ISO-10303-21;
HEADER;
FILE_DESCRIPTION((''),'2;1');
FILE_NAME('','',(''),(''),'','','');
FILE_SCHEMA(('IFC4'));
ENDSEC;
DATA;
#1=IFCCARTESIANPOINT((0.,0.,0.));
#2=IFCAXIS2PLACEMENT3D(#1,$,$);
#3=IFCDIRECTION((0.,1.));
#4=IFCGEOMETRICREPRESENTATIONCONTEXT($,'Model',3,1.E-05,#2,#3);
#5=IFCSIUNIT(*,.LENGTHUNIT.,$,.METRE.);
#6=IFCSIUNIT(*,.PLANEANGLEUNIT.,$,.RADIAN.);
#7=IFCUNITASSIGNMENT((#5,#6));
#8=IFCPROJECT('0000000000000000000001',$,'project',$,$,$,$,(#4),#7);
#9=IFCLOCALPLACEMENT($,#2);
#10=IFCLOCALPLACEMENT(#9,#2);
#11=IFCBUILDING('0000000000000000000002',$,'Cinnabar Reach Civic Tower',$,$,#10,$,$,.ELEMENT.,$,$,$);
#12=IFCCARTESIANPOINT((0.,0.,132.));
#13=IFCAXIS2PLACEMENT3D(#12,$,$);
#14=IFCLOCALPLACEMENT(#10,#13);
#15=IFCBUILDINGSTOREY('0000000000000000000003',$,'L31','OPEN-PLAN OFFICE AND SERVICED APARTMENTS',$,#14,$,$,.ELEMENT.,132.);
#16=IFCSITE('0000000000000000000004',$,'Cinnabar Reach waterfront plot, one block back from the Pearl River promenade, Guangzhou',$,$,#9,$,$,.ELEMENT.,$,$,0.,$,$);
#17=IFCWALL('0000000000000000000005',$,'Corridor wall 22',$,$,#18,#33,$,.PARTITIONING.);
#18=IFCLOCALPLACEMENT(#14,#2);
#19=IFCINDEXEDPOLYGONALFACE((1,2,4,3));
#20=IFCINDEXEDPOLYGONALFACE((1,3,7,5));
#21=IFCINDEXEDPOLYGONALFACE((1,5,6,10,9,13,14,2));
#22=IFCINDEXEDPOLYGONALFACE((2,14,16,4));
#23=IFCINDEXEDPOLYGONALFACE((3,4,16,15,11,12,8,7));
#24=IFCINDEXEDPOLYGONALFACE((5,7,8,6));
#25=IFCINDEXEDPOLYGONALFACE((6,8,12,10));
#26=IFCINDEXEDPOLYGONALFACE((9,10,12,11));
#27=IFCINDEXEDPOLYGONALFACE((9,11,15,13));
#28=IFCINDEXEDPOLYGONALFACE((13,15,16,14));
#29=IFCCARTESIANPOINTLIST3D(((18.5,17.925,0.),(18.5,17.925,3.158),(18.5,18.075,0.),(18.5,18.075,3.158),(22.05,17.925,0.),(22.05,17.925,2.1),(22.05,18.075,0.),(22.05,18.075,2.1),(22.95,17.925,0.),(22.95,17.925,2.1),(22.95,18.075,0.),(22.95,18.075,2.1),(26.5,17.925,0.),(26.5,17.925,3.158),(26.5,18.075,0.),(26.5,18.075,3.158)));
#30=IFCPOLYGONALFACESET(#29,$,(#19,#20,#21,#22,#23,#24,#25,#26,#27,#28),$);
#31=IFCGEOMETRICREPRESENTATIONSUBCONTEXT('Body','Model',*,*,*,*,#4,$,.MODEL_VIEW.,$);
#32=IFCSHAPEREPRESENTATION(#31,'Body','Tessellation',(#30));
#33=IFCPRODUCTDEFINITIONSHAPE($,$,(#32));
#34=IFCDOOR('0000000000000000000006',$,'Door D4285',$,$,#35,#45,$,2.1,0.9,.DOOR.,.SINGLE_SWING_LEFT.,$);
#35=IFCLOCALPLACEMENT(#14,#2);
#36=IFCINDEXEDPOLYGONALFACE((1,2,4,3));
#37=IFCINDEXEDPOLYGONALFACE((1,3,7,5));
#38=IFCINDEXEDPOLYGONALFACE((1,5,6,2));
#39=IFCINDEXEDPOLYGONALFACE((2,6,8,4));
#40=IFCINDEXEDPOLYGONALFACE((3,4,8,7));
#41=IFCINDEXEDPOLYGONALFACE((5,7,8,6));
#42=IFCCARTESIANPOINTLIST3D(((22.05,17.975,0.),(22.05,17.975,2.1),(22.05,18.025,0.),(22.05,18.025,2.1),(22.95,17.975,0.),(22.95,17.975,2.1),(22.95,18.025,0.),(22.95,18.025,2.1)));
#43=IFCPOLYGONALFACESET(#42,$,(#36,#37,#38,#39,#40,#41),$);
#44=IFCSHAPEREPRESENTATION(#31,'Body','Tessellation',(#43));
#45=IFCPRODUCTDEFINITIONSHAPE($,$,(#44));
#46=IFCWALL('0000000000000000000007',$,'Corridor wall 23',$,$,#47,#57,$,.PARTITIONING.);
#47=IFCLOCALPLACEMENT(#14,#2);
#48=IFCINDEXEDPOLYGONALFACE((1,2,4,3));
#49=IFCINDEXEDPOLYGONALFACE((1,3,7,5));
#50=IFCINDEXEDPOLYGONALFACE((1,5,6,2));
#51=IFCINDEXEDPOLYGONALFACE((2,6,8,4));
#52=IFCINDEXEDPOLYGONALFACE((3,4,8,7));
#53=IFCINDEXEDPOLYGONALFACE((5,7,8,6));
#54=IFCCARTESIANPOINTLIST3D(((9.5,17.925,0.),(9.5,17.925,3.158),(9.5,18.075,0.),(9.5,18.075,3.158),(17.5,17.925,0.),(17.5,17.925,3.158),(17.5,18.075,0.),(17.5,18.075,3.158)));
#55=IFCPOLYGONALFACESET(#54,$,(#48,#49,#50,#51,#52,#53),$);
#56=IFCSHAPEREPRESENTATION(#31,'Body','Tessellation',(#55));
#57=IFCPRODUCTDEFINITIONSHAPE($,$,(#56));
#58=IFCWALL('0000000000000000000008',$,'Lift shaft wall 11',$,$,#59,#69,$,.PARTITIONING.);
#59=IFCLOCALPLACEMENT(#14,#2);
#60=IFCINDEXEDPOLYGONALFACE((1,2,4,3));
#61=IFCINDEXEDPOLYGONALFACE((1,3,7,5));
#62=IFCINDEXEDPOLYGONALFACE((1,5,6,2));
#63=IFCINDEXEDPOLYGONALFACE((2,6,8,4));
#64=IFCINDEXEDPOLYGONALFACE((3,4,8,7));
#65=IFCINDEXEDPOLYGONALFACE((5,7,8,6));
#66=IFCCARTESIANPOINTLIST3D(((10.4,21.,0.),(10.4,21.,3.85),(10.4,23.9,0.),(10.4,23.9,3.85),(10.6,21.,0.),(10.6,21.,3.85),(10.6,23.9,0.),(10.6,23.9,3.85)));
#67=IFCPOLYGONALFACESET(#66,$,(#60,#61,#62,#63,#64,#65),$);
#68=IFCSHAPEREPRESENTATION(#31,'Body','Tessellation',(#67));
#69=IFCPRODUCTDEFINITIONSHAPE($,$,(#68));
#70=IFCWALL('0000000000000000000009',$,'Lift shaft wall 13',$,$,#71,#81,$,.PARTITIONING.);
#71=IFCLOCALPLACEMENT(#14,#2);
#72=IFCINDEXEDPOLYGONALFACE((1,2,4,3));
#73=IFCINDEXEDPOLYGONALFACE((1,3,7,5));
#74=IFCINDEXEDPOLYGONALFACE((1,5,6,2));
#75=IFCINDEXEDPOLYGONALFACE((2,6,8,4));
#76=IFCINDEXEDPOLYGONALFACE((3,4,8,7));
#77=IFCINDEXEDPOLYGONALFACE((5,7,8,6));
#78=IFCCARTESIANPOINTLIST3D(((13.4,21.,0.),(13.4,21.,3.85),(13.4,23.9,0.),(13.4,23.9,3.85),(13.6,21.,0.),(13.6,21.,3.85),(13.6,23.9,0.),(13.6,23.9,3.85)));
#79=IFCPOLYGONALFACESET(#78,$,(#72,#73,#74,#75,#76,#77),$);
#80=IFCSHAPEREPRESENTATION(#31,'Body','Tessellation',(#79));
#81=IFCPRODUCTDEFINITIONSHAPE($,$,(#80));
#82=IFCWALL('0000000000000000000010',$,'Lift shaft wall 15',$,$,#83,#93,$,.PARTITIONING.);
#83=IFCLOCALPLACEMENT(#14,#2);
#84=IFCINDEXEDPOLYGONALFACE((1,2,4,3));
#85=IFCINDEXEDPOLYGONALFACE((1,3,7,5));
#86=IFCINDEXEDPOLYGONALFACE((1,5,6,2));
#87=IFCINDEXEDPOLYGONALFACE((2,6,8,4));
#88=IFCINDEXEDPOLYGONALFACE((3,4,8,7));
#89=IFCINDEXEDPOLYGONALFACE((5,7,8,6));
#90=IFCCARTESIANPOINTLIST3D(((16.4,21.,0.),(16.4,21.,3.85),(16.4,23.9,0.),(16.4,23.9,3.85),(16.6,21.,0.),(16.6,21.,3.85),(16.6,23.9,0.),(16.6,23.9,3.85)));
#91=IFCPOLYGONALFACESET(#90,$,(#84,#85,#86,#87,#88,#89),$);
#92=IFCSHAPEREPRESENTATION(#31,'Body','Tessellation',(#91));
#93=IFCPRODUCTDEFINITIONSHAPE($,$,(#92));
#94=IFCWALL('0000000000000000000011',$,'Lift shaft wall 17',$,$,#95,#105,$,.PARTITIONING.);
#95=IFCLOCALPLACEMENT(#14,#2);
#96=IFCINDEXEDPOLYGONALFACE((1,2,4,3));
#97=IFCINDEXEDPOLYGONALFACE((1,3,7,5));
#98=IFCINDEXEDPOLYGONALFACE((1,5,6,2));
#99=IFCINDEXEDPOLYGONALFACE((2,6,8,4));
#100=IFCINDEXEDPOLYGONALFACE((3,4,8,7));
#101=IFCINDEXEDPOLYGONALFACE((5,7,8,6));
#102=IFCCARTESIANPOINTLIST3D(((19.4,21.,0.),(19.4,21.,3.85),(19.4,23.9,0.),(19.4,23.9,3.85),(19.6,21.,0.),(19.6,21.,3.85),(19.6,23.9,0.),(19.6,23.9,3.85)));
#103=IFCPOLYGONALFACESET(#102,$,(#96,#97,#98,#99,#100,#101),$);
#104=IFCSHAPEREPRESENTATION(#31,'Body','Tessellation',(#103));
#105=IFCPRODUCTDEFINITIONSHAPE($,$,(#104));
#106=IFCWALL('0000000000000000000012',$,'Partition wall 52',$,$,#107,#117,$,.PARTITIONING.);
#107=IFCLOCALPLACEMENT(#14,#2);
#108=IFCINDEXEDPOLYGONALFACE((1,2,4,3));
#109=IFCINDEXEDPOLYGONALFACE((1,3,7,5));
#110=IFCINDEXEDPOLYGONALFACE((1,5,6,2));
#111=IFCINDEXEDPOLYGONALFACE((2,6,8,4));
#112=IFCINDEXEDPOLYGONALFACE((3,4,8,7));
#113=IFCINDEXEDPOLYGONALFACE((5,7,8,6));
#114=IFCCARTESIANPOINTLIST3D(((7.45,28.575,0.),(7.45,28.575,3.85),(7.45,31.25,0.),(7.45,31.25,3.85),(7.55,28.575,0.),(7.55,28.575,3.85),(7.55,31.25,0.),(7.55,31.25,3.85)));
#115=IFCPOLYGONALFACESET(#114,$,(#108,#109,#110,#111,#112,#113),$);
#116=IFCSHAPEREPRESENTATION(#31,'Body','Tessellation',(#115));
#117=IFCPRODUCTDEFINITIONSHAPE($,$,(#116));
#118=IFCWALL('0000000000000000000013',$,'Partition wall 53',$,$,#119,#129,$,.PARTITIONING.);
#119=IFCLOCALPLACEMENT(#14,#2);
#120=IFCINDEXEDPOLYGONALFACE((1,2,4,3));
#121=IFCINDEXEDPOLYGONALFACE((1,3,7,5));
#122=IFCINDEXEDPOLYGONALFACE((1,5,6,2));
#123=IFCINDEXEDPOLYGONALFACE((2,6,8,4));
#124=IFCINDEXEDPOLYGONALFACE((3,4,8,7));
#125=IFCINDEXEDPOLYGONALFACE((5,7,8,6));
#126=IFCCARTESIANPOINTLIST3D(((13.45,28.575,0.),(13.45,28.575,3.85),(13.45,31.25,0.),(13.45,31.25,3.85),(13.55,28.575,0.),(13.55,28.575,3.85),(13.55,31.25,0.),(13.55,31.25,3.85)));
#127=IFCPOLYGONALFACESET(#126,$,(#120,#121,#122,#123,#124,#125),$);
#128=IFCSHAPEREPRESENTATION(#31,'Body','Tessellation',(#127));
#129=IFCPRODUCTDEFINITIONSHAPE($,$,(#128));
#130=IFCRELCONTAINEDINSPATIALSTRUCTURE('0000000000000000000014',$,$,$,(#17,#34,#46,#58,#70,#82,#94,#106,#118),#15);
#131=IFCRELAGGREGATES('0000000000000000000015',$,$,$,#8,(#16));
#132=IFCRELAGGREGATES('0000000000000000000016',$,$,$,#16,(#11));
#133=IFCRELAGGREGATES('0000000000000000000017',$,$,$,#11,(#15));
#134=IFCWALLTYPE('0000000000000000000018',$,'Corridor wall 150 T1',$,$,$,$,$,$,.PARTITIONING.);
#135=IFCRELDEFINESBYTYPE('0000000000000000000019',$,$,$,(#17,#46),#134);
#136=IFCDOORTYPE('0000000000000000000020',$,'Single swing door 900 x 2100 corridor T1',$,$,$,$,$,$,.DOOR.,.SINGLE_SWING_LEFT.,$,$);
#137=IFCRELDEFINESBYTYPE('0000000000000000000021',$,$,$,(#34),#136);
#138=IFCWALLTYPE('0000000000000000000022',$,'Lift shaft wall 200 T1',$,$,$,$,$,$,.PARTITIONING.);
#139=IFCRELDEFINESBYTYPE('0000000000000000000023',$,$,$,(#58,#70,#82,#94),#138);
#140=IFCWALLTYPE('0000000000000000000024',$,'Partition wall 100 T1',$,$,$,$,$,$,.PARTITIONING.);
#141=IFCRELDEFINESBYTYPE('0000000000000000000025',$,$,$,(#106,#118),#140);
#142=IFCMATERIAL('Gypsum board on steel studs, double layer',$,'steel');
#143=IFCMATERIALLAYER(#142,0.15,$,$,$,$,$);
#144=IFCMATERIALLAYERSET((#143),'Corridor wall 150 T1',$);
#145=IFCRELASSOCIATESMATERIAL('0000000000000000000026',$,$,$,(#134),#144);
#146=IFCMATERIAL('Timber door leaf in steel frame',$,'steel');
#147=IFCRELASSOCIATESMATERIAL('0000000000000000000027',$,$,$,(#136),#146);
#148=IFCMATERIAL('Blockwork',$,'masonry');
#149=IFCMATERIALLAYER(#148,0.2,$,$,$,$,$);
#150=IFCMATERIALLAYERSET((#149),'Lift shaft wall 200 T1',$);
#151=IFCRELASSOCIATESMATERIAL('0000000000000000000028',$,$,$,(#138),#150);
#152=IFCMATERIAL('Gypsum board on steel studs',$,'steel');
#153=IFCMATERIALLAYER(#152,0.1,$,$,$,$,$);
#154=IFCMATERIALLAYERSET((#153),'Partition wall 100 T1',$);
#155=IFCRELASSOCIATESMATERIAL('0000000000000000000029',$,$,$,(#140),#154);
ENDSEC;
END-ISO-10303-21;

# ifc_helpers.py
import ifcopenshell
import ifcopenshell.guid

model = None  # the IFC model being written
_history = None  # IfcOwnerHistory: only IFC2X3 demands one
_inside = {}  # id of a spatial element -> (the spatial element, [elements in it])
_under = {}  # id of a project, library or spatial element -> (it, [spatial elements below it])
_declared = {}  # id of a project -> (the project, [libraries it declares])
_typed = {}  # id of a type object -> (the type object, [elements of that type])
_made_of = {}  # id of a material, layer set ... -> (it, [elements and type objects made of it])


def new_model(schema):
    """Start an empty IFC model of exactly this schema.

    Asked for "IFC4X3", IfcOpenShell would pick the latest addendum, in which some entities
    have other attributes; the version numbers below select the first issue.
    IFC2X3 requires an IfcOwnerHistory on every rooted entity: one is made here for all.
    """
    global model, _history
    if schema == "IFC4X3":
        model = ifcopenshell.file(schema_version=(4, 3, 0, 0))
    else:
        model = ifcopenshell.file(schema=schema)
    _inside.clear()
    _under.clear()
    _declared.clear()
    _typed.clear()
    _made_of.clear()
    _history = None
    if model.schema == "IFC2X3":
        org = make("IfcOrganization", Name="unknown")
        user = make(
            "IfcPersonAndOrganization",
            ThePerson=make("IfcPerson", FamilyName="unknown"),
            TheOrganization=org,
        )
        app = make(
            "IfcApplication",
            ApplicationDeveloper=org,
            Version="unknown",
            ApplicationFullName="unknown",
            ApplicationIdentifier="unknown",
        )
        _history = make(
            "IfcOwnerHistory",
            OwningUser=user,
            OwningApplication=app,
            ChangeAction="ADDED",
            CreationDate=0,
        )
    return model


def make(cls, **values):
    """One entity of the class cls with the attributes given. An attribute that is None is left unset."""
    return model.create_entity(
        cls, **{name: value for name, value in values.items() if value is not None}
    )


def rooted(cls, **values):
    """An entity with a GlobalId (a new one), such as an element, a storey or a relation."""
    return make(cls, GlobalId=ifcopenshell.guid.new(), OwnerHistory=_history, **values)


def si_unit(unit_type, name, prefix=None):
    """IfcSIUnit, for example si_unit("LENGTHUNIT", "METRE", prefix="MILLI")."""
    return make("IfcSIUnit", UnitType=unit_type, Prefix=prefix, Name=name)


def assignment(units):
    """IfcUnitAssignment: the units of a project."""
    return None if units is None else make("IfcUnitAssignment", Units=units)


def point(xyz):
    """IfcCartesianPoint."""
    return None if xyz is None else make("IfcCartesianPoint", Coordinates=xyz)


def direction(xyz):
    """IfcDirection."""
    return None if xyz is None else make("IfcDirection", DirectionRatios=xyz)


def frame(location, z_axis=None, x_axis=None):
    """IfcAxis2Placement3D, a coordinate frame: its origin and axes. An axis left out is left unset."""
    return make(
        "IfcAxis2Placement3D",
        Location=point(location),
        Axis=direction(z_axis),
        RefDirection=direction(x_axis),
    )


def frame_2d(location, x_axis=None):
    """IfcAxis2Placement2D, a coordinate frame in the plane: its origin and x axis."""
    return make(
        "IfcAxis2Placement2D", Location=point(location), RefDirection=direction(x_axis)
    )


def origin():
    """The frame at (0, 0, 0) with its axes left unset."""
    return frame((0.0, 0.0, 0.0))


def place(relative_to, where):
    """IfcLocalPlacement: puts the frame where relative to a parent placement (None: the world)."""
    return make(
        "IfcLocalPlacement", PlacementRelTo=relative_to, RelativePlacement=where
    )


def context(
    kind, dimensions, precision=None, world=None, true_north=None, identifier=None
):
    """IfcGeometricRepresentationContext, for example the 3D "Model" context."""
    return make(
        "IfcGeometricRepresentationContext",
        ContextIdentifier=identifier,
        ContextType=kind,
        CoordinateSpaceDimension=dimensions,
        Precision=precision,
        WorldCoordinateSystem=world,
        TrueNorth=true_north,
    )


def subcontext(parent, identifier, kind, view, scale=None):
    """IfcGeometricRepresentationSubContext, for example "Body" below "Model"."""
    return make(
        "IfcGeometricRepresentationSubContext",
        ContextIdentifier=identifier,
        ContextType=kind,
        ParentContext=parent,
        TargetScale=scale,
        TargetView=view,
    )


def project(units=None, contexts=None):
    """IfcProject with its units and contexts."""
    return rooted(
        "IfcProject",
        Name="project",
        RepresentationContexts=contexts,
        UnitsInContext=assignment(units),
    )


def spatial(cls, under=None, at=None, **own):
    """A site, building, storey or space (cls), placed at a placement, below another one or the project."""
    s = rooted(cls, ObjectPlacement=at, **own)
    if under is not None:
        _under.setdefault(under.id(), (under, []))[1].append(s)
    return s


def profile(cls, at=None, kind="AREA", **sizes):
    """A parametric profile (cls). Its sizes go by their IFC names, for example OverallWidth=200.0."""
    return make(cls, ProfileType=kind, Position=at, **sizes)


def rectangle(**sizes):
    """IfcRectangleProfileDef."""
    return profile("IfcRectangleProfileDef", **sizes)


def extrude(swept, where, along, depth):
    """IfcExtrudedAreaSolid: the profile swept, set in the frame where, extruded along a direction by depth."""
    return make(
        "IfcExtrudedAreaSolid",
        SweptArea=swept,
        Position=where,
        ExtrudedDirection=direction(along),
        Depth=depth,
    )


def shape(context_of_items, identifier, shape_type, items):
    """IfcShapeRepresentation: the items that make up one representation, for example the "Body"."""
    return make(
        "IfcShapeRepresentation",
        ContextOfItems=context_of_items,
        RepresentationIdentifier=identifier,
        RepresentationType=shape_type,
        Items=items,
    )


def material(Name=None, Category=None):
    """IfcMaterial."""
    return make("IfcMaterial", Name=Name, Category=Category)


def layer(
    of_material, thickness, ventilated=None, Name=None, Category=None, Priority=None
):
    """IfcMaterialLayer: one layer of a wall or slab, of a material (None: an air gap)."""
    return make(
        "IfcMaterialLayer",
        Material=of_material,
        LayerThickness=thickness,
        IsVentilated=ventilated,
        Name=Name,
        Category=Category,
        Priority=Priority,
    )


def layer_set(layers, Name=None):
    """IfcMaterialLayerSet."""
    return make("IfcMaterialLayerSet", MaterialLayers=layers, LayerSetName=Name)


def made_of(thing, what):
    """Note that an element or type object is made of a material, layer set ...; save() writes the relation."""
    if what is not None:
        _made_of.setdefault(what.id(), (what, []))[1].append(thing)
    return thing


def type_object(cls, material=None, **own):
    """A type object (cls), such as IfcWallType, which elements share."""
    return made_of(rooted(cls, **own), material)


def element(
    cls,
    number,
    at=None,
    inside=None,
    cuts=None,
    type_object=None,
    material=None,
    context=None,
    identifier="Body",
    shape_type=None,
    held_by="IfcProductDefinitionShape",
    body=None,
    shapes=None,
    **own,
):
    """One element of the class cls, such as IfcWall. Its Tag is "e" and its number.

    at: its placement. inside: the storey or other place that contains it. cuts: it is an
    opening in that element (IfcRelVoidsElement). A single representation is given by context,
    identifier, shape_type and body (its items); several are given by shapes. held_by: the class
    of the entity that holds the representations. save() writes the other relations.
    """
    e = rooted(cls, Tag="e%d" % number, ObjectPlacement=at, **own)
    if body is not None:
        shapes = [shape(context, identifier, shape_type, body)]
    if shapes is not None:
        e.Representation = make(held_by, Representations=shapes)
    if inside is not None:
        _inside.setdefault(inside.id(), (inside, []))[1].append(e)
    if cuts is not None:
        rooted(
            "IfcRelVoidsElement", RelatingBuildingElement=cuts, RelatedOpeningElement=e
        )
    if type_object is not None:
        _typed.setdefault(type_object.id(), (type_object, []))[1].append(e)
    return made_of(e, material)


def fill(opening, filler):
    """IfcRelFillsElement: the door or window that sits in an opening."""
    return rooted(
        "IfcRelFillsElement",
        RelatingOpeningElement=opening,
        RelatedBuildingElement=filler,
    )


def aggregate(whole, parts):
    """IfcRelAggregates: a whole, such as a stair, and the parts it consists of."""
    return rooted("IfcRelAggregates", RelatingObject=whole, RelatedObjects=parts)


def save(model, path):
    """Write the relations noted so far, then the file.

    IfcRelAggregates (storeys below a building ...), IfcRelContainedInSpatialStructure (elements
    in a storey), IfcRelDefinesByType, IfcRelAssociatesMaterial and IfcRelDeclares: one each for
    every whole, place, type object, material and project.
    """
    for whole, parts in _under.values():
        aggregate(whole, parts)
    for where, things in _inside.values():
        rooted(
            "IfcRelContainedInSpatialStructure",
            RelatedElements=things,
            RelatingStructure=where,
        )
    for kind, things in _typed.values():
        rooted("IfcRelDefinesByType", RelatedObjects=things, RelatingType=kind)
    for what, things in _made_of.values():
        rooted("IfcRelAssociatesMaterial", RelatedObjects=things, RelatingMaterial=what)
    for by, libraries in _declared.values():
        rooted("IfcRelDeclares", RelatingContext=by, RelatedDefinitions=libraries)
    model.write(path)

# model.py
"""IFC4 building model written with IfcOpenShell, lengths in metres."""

from ifc_helpers import new_model, si_unit, direction, frame, frame_2d, origin, place, context, subcontext, project, spatial, rectangle, extrude, material, layer, layer_set, type_object, element, fill, save


model = new_model("IFC4")

# Units and contexts
model_context = context("Model", 3, precision=1e-05, world=origin(), true_north=direction((0.0, 1.0)))
body_context = subcontext(model_context, "Body", "Model", "MODEL_VIEW")
ifc_project = project(units=[si_unit("LENGTHUNIT", "METRE"), si_unit("PLANEANGLEUNIT", "RADIAN")], contexts=[model_context])

# Site, building, storey
site_placement = place(None, origin())
site = spatial("IfcSite", under=ifc_project, at=site_placement, Name="Cinnabar Reach waterfront plot, one block back from the Pearl River promenade, Guangzhou", CompositionType="ELEMENT", RefElevation=0.0)
building_placement = place(site_placement, origin())
building = spatial("IfcBuilding", under=site, at=building_placement, Name="Cinnabar Reach Civic Tower", CompositionType="ELEMENT")
storey_placement = place(building_placement, frame((0.0, 0.0, 132.0)))
storey = spatial("IfcBuildingStorey", under=building, at=storey_placement, Name="L31", Description="OPEN-PLAN OFFICE AND SERVICED APARTMENTS", CompositionType="ELEMENT", Elevation=132.0)

# Wall, opening, door
ifc_material_1 = material(Name="Timber door leaf in steel frame", Category="steel")
ifc_material_2 = material(Name="Gypsum board on steel studs, double layer", Category="steel")
ifc_layer_1 = layer(ifc_material_2, 0.15)
ifc_layer_set_1 = layer_set([ifc_layer_1], Name="Corridor wall 150 T1")
wall_type_1 = type_object("IfcWallType", Name="Corridor wall 150 T1", PredefinedType="PARTITIONING", material=ifc_layer_set_1)
wall_1_placement = place(storey_placement, frame((18.5, 18.0, 0.0), z_axis=(0.0, 0.0, 1.0), x_axis=(1.0, 0.0, 0.0)))
wall_1 = element("IfcWall", 1, at=wall_1_placement, inside=storey, type_object=wall_type_1, Name="Corridor wall 22", PredefinedType="PARTITIONING", context=body_context, shape_type="SweptSolid", body=[
    extrude(rectangle(XDim=8.0, YDim=0.15, at=frame_2d((4.0, 0.0))), origin(), (0.0, 0.0, 1.0), 3.158),
])
opening_1_placement = place(wall_1_placement, frame((3.55, 0.0, 0.0)))
opening_1 = element("IfcOpeningElement", 2, at=opening_1_placement, cuts=wall_1, PredefinedType="OPENING", context=body_context, shape_type="SweptSolid", body=[
    extrude(rectangle(XDim=0.9, YDim=2.1, at=frame_2d((0.45, 1.05))), frame((0.0, 0.085, 0.0), z_axis=(0.0, -1.0, 0.0), x_axis=(1.0, 0.0, 0.0)), (0.0, 0.0, 1.0), 0.17),
])
door_type_1 = type_object("IfcDoorType", Name="Single swing door 900 x 2100 corridor T1", OperationType="SINGLE_SWING_LEFT", PredefinedType="DOOR", material=ifc_material_1)
door_1_placement = place(opening_1_placement, frame((0.9, 0.0, 0.0), z_axis=(0.0, 0.0, 1.0), x_axis=(-1.0, 0.0, 0.0)))
door_1 = element("IfcDoor", 3, at=door_1_placement, inside=storey, type_object=door_type_1, Name="Door D4285", OperationType="SINGLE_SWING_LEFT", OverallHeight=2.1, OverallWidth=0.9, PredefinedType="DOOR", context=body_context, shape_type="SweptSolid", body=[
    extrude(rectangle(XDim=0.9, YDim=2.1, at=frame_2d((0.45, 1.05))), frame((0.0, 0.025, 0.0), z_axis=(0.0, -1.0, 0.0), x_axis=(1.0, 0.0, 0.0)), (0.0, 0.0, 1.0), 0.05),
])
fill(opening_1, door_1)

# Walls
wall_2_placement = place(storey_placement, frame((9.5, 18.0, 0.0), z_axis=(0.0, 0.0, 1.0), x_axis=(1.0, 0.0, 0.0)))
element("IfcWall", 4, at=wall_2_placement, inside=storey, type_object=wall_type_1, Name="Corridor wall 23", PredefinedType="PARTITIONING", context=body_context, shape_type="SweptSolid", body=[
    extrude(rectangle(XDim=8.0, YDim=0.15, at=frame_2d((4.0, 0.0))), origin(), (0.0, 0.0, 1.0), 3.158),
])
ifc_material_3 = material(Name="Blockwork", Category="masonry")
ifc_layer_2 = layer(ifc_material_3, 0.2)
ifc_layer_set_2 = layer_set([ifc_layer_2], Name="Lift shaft wall 200 T1")
wall_type_2 = type_object("IfcWallType", Name="Lift shaft wall 200 T1", PredefinedType="PARTITIONING", material=ifc_layer_set_2)
for number, where, z_axis, x_axis, name in (
    (5, (10.5, 21.0, 0.0), (0.0, 0.0, 1.0), (0.0, 1.0, 0.0), "Lift shaft wall 11"),
    (6, (13.5, 21.0, 0.0), (0.0, 0.0, 1.0), (0.0, 1.0, 0.0), "Lift shaft wall 13"),
    (7, (16.5, 21.0, 0.0), (0.0, 0.0, 1.0), (0.0, 1.0, 0.0), "Lift shaft wall 15"),
    (8, (19.5, 21.0, 0.0), (0.0, 0.0, 1.0), (0.0, 1.0, 0.0), "Lift shaft wall 17"),
):
    element("IfcWall", number, at=place(storey_placement, frame(where, z_axis=z_axis, x_axis=x_axis)), inside=storey, type_object=wall_type_2, Name=name, PredefinedType="PARTITIONING", context=body_context, shape_type="SweptSolid", body=[
        extrude(rectangle(XDim=2.9, YDim=0.2, at=frame_2d((1.45, 0.0))), origin(), (0.0, 0.0, 1.0), 3.85),
    ])
ifc_material_4 = material(Name="Gypsum board on steel studs", Category="steel")
ifc_layer_3 = layer(ifc_material_4, 0.1)
ifc_layer_set_3 = layer_set([ifc_layer_3], Name="Partition wall 100 T1")
wall_type_3 = type_object("IfcWallType", Name="Partition wall 100 T1", PredefinedType="PARTITIONING", material=ifc_layer_set_3)
for number, where, z_axis, x_axis, name in (
    (9, (7.5, 28.575, 0.0), (0.0, 0.0, 1.0), (0.0, 1.0, 0.0), "Partition wall 52"),
    (10, (13.5, 28.575, 0.0), (0.0, 0.0, 1.0), (0.0, 1.0, 0.0), "Partition wall 53"),
):
    element("IfcWall", number, at=place(storey_placement, frame(where, z_axis=z_axis, x_axis=x_axis)), inside=storey, type_object=wall_type_3, Name=name, PredefinedType="PARTITIONING", context=body_context, shape_type="SweptSolid", body=[
        extrude(rectangle(XDim=2.675, YDim=0.1, at=frame_2d((1.3375, 0.0))), origin(), (0.0, 0.0, 1.0), 3.85),
    ])

save(model, "model.ifc")
